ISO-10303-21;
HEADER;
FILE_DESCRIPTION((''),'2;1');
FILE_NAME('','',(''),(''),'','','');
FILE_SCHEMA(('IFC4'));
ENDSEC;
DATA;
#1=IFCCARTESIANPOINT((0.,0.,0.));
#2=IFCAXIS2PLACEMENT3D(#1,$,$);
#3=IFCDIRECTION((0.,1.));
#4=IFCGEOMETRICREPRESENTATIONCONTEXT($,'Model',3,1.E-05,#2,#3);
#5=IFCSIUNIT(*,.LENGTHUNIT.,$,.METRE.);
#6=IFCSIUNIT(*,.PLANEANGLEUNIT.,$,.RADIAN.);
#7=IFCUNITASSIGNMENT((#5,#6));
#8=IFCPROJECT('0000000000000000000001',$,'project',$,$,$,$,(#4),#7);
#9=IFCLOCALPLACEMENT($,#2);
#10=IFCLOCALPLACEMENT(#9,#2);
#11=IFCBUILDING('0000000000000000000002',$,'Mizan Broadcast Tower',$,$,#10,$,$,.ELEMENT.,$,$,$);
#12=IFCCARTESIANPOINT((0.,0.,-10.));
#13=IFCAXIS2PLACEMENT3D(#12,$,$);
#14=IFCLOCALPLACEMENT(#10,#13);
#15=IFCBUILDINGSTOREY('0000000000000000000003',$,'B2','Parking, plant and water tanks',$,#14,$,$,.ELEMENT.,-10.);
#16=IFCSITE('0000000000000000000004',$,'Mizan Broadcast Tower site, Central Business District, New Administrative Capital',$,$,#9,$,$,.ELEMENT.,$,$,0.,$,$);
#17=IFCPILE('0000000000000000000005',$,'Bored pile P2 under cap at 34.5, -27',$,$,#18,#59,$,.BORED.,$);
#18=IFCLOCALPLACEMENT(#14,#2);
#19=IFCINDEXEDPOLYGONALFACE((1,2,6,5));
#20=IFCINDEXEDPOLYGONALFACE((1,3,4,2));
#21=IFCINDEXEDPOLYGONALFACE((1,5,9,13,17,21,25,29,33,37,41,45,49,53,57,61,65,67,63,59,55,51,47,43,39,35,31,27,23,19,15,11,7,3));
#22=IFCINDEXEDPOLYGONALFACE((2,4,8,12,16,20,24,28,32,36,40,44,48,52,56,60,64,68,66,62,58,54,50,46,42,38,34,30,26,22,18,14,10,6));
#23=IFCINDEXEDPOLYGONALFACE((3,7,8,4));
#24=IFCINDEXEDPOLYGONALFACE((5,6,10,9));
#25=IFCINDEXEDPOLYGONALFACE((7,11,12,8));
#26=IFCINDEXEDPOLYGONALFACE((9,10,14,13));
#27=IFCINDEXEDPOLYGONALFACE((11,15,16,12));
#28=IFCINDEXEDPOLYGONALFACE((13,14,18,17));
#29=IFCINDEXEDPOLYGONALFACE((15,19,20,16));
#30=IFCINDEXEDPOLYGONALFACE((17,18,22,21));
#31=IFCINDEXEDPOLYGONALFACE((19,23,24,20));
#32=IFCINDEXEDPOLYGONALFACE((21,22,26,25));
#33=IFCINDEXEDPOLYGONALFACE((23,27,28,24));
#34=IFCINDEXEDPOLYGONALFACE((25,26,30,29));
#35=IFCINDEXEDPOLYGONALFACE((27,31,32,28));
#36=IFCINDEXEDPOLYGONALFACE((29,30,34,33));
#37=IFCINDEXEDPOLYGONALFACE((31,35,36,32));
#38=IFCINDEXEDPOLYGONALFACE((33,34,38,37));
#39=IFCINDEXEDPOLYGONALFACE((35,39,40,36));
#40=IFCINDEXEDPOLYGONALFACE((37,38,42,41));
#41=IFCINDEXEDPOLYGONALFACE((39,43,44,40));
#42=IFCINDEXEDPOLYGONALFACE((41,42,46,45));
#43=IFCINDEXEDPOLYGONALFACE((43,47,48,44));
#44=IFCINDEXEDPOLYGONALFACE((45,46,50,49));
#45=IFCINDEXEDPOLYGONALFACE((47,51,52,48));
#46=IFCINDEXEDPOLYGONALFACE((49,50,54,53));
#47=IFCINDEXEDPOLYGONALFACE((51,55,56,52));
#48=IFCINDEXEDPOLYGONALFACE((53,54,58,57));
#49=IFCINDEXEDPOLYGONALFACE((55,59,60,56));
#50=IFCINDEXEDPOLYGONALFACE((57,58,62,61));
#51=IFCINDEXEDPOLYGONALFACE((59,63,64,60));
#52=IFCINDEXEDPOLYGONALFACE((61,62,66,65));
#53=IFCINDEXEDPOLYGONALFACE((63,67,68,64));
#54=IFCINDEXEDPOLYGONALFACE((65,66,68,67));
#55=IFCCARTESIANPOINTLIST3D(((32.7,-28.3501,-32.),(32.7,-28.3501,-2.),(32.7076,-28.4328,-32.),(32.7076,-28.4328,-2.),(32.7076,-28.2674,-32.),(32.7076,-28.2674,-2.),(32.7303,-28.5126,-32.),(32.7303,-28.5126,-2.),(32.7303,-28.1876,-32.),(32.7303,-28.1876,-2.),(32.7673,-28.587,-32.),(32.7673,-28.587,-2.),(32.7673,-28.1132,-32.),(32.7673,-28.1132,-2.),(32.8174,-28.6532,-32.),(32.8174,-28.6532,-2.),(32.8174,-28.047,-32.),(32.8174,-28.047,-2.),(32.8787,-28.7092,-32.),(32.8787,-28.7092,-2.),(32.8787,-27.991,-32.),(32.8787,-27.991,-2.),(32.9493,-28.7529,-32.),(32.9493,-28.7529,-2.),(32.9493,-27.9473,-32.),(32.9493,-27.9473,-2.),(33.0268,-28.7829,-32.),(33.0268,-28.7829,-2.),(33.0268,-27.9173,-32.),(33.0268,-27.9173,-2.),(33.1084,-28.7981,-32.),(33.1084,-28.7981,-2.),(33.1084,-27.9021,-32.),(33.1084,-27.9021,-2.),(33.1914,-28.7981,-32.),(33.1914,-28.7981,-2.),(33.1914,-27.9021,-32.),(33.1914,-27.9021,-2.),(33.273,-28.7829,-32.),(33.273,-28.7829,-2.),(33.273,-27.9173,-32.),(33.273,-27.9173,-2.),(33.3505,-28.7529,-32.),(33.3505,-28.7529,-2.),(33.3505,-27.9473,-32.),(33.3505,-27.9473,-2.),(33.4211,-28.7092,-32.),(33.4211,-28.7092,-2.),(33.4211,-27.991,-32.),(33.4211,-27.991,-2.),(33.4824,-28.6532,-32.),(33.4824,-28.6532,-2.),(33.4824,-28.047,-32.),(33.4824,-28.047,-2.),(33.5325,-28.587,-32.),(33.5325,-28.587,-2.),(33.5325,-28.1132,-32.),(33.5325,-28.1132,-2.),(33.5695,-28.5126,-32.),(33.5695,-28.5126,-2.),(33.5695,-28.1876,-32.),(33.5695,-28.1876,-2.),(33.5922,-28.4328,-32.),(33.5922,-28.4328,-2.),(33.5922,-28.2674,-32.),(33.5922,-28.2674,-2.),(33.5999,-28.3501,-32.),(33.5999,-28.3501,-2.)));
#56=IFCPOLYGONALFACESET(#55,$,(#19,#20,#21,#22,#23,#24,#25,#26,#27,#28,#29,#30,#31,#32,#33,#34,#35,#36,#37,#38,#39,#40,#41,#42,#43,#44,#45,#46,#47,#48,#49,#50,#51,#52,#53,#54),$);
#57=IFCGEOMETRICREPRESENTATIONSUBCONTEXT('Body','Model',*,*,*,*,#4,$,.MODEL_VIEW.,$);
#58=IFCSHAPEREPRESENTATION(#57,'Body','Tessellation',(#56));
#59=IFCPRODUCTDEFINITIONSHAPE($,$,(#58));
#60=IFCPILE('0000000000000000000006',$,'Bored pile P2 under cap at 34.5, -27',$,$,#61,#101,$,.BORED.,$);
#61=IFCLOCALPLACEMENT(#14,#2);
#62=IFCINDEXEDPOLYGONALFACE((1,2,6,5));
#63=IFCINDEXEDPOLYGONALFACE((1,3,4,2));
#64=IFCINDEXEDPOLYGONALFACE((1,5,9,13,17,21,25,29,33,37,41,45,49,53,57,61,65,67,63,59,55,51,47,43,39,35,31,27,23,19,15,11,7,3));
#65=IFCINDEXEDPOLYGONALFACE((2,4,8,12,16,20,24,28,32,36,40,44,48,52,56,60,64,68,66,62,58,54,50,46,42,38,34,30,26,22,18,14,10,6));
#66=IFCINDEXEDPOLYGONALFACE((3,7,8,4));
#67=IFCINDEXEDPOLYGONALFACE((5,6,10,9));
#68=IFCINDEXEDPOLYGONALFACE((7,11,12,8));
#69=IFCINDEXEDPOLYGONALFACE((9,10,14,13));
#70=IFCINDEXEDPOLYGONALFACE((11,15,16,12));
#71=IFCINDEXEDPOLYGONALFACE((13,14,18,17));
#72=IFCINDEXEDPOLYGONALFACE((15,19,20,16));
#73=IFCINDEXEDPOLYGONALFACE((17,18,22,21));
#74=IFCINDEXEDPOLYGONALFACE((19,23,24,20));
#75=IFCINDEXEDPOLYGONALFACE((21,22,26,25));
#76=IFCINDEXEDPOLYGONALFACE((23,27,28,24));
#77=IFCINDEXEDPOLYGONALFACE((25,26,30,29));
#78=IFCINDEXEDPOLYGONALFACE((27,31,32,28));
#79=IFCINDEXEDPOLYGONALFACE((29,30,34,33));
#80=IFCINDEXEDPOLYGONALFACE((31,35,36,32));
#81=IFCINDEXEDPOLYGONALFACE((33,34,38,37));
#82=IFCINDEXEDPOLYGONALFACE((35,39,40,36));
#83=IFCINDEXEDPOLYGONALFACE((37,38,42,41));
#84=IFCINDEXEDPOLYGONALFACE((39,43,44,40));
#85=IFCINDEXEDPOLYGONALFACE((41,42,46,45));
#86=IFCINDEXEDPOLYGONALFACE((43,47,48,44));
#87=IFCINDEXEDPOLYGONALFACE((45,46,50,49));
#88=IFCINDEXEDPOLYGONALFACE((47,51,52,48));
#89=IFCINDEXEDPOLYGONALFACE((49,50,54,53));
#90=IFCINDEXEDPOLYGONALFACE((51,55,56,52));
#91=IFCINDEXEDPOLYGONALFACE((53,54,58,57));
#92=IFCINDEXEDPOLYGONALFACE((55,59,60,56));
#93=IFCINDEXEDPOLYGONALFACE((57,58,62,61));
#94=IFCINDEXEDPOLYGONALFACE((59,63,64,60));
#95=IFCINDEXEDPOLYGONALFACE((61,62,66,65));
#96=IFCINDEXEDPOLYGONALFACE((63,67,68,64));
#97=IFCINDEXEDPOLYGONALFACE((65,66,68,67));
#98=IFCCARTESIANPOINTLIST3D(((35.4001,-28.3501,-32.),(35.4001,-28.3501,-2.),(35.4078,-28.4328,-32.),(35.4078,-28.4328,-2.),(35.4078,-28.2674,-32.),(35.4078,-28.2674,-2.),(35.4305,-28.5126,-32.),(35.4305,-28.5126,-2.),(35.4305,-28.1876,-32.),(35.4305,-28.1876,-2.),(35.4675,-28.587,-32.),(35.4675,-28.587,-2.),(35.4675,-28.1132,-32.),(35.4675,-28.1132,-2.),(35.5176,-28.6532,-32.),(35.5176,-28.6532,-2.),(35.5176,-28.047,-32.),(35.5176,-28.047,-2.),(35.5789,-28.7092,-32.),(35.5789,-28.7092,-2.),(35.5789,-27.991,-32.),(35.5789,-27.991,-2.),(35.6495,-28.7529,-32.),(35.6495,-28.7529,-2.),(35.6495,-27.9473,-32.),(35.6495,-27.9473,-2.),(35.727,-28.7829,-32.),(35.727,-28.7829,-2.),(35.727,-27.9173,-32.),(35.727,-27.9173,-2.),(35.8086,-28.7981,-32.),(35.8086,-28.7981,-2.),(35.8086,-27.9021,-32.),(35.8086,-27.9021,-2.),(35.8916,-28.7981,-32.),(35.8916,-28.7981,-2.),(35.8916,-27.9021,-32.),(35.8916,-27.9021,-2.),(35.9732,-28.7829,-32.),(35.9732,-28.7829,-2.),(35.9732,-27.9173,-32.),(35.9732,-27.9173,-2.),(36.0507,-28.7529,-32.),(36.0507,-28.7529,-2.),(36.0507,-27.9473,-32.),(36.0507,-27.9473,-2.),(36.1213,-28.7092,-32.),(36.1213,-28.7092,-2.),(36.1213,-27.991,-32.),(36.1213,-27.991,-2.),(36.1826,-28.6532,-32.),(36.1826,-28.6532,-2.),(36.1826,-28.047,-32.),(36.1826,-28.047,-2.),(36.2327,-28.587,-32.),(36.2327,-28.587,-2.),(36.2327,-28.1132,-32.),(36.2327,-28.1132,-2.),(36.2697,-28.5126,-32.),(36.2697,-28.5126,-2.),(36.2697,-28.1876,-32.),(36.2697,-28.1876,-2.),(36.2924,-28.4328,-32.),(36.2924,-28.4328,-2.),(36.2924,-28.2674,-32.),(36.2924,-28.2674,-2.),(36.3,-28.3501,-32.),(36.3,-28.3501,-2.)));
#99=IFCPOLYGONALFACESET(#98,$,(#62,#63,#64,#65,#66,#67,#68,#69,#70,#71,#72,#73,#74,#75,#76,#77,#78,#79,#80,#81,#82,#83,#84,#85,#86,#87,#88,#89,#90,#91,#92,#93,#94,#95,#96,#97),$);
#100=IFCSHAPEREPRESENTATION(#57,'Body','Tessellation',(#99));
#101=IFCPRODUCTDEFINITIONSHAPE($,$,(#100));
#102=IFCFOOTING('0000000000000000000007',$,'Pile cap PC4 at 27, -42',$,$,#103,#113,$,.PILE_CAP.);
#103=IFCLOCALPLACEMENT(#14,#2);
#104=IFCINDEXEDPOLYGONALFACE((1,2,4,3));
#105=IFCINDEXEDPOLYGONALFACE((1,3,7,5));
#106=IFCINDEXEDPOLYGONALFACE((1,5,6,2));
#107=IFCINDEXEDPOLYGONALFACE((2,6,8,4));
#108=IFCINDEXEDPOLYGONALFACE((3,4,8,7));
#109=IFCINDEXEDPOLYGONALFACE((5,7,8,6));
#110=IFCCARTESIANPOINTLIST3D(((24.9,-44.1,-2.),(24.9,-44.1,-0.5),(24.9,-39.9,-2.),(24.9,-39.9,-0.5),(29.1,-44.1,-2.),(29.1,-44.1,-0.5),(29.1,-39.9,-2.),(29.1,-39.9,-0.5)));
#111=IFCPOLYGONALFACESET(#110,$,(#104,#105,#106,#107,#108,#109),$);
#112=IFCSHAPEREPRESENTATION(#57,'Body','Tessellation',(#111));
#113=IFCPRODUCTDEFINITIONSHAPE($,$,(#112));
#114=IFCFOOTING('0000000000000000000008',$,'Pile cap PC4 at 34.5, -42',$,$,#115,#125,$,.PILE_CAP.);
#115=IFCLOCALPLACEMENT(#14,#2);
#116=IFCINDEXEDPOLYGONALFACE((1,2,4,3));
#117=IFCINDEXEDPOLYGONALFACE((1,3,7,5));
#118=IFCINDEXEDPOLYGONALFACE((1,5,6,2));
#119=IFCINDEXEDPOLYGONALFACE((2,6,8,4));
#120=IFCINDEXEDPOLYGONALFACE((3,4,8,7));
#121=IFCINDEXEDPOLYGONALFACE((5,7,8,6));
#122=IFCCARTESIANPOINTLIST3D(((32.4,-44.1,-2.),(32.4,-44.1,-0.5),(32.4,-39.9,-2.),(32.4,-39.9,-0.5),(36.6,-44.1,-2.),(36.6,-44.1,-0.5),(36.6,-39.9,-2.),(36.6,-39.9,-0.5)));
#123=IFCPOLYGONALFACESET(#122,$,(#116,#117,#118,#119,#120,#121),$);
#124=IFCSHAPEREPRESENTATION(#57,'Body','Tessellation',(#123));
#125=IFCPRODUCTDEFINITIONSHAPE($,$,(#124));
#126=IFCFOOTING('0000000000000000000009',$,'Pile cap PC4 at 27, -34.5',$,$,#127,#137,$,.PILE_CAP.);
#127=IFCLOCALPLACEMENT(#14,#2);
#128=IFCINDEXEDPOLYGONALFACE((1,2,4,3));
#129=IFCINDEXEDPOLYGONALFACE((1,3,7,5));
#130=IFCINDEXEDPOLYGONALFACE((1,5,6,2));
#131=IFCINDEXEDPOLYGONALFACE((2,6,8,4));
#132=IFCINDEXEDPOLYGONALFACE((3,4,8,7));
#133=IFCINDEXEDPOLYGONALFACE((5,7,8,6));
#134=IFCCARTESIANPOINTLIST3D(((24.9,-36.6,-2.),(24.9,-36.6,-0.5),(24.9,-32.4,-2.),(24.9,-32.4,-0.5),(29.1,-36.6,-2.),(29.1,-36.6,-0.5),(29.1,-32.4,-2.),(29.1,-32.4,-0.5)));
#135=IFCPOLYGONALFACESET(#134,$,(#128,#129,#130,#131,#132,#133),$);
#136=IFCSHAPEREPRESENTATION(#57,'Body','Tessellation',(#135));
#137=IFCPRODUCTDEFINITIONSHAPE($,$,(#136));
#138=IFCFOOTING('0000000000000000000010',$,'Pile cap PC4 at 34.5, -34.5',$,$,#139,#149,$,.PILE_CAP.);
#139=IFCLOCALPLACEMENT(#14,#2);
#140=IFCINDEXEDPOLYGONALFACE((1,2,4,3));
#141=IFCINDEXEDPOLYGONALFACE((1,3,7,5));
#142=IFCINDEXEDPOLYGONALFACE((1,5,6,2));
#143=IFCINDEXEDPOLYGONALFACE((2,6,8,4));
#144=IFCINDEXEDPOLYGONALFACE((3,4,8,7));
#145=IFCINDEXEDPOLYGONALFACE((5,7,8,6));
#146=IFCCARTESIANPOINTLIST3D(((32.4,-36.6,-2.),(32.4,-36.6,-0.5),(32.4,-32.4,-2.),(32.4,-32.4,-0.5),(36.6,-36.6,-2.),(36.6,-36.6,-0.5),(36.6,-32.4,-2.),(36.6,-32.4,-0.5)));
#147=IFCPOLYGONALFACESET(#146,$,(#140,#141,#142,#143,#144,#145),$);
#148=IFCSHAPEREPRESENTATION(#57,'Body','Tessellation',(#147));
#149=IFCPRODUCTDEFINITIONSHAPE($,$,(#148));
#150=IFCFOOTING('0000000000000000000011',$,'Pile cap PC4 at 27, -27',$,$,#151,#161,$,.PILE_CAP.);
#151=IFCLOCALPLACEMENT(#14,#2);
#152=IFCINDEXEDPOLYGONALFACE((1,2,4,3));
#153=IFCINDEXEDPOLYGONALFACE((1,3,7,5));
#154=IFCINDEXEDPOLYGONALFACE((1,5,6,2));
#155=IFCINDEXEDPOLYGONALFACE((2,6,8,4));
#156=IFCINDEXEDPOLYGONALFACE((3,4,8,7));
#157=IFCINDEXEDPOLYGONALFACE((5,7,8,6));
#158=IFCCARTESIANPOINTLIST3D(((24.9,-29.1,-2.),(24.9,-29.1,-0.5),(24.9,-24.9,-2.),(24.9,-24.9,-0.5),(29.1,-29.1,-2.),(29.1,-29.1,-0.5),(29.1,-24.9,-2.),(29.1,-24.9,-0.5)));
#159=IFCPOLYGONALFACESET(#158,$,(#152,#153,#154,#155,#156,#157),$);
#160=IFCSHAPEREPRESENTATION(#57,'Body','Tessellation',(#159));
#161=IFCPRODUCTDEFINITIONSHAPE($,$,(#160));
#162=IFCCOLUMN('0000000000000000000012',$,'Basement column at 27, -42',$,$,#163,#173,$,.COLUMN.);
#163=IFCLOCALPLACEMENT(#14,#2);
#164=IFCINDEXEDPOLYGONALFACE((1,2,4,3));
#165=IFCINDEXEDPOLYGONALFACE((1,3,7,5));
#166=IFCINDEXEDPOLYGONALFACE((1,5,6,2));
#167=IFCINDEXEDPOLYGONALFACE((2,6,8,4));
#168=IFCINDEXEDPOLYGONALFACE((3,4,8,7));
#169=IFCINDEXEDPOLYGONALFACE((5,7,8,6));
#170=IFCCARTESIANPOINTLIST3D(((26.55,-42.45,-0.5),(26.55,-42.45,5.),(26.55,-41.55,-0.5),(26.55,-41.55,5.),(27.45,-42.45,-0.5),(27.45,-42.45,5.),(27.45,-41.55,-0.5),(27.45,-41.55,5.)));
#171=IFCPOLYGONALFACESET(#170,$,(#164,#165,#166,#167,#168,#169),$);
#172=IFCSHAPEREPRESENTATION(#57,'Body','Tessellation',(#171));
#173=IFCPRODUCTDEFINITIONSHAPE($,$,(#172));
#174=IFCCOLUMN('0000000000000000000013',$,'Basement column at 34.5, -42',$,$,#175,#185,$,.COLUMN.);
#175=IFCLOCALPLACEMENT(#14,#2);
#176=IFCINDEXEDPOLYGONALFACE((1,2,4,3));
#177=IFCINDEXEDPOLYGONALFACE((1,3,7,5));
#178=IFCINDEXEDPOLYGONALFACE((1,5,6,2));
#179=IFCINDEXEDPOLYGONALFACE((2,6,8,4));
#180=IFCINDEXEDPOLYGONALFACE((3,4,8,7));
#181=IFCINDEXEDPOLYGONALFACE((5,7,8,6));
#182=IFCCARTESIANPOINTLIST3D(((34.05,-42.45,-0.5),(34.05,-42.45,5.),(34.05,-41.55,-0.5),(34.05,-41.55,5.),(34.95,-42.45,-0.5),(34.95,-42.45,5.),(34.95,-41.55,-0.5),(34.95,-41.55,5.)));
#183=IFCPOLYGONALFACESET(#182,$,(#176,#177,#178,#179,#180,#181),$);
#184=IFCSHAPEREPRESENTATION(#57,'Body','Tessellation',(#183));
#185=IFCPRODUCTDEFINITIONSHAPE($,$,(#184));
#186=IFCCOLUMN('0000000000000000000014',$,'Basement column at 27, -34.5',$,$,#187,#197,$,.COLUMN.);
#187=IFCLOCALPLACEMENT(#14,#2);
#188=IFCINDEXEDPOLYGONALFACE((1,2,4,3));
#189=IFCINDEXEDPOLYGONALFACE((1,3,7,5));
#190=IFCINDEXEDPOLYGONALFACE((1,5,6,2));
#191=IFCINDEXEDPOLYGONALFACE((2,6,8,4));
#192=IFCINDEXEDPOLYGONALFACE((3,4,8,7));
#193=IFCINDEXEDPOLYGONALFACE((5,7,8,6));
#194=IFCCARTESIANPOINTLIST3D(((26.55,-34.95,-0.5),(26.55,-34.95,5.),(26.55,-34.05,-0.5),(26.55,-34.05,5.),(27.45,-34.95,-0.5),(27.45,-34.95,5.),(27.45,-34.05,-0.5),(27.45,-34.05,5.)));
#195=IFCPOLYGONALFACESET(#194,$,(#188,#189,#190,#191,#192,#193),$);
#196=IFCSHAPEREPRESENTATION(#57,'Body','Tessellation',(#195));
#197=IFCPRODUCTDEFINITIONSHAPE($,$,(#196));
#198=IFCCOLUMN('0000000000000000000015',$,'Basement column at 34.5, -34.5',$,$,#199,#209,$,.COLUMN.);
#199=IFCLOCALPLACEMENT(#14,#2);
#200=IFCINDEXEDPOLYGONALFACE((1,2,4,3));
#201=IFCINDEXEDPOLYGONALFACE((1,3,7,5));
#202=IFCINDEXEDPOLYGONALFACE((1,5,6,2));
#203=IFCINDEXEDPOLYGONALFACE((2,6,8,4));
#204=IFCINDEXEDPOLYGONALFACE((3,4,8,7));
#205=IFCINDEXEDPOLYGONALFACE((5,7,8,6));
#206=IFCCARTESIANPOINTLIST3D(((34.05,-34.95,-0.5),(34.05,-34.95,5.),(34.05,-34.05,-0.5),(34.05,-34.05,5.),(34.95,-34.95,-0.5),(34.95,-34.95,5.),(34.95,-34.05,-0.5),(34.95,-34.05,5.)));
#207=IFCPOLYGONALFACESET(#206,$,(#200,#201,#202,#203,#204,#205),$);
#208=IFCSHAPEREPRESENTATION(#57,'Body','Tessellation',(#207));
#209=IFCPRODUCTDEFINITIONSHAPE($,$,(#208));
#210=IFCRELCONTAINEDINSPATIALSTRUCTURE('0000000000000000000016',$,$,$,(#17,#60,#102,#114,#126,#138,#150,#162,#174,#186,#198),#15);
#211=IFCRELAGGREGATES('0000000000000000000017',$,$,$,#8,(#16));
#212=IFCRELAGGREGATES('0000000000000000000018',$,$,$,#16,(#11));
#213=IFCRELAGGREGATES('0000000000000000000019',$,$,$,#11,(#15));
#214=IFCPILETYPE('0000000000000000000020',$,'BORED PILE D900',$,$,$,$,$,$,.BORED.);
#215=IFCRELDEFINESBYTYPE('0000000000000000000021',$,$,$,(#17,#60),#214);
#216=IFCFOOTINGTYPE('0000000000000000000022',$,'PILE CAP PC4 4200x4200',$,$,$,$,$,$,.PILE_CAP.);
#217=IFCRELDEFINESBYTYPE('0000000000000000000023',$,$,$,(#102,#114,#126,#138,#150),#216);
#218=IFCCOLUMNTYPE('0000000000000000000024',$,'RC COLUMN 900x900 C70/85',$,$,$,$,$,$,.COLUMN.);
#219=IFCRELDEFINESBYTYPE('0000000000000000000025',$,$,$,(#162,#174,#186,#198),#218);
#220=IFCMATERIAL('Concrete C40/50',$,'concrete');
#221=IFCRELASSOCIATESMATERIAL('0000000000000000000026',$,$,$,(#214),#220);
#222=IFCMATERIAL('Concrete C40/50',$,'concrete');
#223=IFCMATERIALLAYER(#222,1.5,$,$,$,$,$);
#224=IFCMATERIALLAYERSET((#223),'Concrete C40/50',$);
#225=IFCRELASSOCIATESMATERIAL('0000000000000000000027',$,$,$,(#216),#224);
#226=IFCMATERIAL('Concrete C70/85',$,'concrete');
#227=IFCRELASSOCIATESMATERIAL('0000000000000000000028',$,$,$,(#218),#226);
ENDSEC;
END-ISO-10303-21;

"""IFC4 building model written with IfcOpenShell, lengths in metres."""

from ifc_helpers import new_model, si_unit, direction, frame, origin, origin_2d, place, context, subcontext, project, spatial, rectangle, circle, extrude, material, layer, layer_set, material_profile, profile_set, type_object, element, save


model = new_model("IFC4")

# Units and contexts
model_context = context("Model", 3, precision=1e-05, world=origin(), true_north=direction((0.0, 1.0)))
body_context = subcontext(model_context, "Body", "Model", "MODEL_VIEW")
ifc_project = project(units=[si_unit("LENGTHUNIT", "METRE"), si_unit("PLANEANGLEUNIT", "RADIAN")], contexts=[model_context])

# Site, building, storey
site_placement = place(None, origin())
site = spatial("IfcSite", under=ifc_project, at=site_placement, Name="Mizan Broadcast Tower site, Central Business District, New Administrative Capital", CompositionType="ELEMENT", RefElevation=0.0)
building_placement = place(site_placement, origin())
building = spatial("IfcBuilding", under=site, at=building_placement, Name="Mizan Broadcast Tower", CompositionType="ELEMENT")
storey_placement = place(building_placement, frame((0.0, 0.0, -10.0)))
storey = spatial("IfcBuildingStorey", under=building, at=storey_placement, Name="B2", Description="Parking, plant and water tanks", CompositionType="ELEMENT", Elevation=-10.0)

# Piles
ifc_material_1 = material(Name="Concrete C40/50", Category="concrete")
ifc_material_profile_1 = material_profile(ifc_material_1, circle(Radius=0.45, at=origin_2d()), Name="D900")
ifc_profile_set_1 = profile_set([ifc_material_profile_1], Name="Concrete C40/50")
pile_type = type_object("IfcPileType", Name="BORED PILE D900", PredefinedType="BORED", material=ifc_profile_set_1)
for number, where, z_axis, x_axis, name in (
    (1, (33.1499, -28.3501, -2.0), (0.0, 0.0, -1.0), (1.0, 0.0, 0.0), "Bored pile P2 under cap at 34.5, -27"),
    (2, (35.8501, -28.3501, -2.0), (0.0, 0.0, -1.0), (1.0, 0.0, 0.0), "Bored pile P2 under cap at 34.5, -27"),
):
    element("IfcPile", number, at=place(storey_placement, frame(where, z_axis=z_axis, x_axis=x_axis)), inside=storey, type_object=pile_type, Name=name, PredefinedType="BORED", context=body_context, shape_type="SweptSolid", body=[
        extrude(circle(Radius=0.45, at=origin_2d()), origin(), (0.0, 0.0, 1.0), 30.0),
    ])

# Footings
ifc_material_2 = material(Name="Concrete C40/50", Category="concrete")
ifc_layer = layer(ifc_material_2, 1.5)
ifc_layer_set = layer_set([ifc_layer], Name="Concrete C40/50")
footing_type = type_object("IfcFootingType", Name="PILE CAP PC4 4200x4200", PredefinedType="PILE_CAP", material=ifc_layer_set)
for number, where, z_axis, x_axis, name in (
    (3, (27.0, -42.0, -2.0), (0.0, 0.0, 1.0), (1.0, 0.0, 0.0), "Pile cap PC4 at 27, -42"),
    (4, (34.5, -42.0, -2.0), (0.0, 0.0, 1.0), (1.0, 0.0, 0.0), "Pile cap PC4 at 34.5, -42"),
    (5, (27.0, -34.5, -2.0), (0.0, 0.0, 1.0), (1.0, 0.0, 0.0), "Pile cap PC4 at 27, -34.5"),
    (6, (34.5, -34.5, -2.0), (0.0, 0.0, 1.0), (1.0, 0.0, 0.0), "Pile cap PC4 at 34.5, -34.5"),
    (7, (27.0, -27.0, -2.0), (0.0, 0.0, 1.0), (1.0, 0.0, 0.0), "Pile cap PC4 at 27, -27"),
):
    element("IfcFooting", number, at=place(storey_placement, frame(where, z_axis=z_axis, x_axis=x_axis)), inside=storey, type_object=footing_type, Name=name, PredefinedType="PILE_CAP", context=body_context, shape_type="SweptSolid", body=[
        extrude(rectangle(XDim=4.2, YDim=4.2, at=origin_2d()), origin(), (0.0, 0.0, 1.0), 1.5),
    ])

# Columns
ifc_material_3 = material(Name="Concrete C70/85", Category="concrete")
ifc_material_profile_2 = material_profile(ifc_material_3, rectangle(XDim=0.8999, YDim=0.8999, at=origin_2d()), Name="RC 900x900")
ifc_profile_set_2 = profile_set([ifc_material_profile_2], Name="Concrete C70/85")
column_type = type_object("IfcColumnType", Name="RC COLUMN 900x900 C70/85", PredefinedType="COLUMN", material=ifc_profile_set_2)
for number, where, z_axis, x_axis, name in (
    (8, (27.0, -42.0, -0.5), (0.0, 0.0, 1.0), (1.0, 0.0, 0.0), "Basement column at 27, -42"),
    (9, (34.5, -42.0, -0.5), (0.0, 0.0, 1.0), (1.0, 0.0, 0.0), "Basement column at 34.5, -42"),
    (10, (27.0, -34.5, -0.5), (0.0, 0.0, 1.0), (1.0, 0.0, 0.0), "Basement column at 27, -34.5"),
    (11, (34.5, -34.5, -0.5), (0.0, 0.0, 1.0), (1.0, 0.0, 0.0), "Basement column at 34.5, -34.5"),
):
    element("IfcColumn", number, at=place(storey_placement, frame(where, z_axis=z_axis, x_axis=x_axis)), inside=storey, type_object=column_type, Name=name, PredefinedType="COLUMN", context=body_context, shape_type="SweptSolid", body=[
        extrude(rectangle(XDim=0.8999, YDim=0.8999, at=origin_2d()), origin(), (0.0, 0.0, 1.0), 5.5),
    ])

save(model, "model.ifc")
